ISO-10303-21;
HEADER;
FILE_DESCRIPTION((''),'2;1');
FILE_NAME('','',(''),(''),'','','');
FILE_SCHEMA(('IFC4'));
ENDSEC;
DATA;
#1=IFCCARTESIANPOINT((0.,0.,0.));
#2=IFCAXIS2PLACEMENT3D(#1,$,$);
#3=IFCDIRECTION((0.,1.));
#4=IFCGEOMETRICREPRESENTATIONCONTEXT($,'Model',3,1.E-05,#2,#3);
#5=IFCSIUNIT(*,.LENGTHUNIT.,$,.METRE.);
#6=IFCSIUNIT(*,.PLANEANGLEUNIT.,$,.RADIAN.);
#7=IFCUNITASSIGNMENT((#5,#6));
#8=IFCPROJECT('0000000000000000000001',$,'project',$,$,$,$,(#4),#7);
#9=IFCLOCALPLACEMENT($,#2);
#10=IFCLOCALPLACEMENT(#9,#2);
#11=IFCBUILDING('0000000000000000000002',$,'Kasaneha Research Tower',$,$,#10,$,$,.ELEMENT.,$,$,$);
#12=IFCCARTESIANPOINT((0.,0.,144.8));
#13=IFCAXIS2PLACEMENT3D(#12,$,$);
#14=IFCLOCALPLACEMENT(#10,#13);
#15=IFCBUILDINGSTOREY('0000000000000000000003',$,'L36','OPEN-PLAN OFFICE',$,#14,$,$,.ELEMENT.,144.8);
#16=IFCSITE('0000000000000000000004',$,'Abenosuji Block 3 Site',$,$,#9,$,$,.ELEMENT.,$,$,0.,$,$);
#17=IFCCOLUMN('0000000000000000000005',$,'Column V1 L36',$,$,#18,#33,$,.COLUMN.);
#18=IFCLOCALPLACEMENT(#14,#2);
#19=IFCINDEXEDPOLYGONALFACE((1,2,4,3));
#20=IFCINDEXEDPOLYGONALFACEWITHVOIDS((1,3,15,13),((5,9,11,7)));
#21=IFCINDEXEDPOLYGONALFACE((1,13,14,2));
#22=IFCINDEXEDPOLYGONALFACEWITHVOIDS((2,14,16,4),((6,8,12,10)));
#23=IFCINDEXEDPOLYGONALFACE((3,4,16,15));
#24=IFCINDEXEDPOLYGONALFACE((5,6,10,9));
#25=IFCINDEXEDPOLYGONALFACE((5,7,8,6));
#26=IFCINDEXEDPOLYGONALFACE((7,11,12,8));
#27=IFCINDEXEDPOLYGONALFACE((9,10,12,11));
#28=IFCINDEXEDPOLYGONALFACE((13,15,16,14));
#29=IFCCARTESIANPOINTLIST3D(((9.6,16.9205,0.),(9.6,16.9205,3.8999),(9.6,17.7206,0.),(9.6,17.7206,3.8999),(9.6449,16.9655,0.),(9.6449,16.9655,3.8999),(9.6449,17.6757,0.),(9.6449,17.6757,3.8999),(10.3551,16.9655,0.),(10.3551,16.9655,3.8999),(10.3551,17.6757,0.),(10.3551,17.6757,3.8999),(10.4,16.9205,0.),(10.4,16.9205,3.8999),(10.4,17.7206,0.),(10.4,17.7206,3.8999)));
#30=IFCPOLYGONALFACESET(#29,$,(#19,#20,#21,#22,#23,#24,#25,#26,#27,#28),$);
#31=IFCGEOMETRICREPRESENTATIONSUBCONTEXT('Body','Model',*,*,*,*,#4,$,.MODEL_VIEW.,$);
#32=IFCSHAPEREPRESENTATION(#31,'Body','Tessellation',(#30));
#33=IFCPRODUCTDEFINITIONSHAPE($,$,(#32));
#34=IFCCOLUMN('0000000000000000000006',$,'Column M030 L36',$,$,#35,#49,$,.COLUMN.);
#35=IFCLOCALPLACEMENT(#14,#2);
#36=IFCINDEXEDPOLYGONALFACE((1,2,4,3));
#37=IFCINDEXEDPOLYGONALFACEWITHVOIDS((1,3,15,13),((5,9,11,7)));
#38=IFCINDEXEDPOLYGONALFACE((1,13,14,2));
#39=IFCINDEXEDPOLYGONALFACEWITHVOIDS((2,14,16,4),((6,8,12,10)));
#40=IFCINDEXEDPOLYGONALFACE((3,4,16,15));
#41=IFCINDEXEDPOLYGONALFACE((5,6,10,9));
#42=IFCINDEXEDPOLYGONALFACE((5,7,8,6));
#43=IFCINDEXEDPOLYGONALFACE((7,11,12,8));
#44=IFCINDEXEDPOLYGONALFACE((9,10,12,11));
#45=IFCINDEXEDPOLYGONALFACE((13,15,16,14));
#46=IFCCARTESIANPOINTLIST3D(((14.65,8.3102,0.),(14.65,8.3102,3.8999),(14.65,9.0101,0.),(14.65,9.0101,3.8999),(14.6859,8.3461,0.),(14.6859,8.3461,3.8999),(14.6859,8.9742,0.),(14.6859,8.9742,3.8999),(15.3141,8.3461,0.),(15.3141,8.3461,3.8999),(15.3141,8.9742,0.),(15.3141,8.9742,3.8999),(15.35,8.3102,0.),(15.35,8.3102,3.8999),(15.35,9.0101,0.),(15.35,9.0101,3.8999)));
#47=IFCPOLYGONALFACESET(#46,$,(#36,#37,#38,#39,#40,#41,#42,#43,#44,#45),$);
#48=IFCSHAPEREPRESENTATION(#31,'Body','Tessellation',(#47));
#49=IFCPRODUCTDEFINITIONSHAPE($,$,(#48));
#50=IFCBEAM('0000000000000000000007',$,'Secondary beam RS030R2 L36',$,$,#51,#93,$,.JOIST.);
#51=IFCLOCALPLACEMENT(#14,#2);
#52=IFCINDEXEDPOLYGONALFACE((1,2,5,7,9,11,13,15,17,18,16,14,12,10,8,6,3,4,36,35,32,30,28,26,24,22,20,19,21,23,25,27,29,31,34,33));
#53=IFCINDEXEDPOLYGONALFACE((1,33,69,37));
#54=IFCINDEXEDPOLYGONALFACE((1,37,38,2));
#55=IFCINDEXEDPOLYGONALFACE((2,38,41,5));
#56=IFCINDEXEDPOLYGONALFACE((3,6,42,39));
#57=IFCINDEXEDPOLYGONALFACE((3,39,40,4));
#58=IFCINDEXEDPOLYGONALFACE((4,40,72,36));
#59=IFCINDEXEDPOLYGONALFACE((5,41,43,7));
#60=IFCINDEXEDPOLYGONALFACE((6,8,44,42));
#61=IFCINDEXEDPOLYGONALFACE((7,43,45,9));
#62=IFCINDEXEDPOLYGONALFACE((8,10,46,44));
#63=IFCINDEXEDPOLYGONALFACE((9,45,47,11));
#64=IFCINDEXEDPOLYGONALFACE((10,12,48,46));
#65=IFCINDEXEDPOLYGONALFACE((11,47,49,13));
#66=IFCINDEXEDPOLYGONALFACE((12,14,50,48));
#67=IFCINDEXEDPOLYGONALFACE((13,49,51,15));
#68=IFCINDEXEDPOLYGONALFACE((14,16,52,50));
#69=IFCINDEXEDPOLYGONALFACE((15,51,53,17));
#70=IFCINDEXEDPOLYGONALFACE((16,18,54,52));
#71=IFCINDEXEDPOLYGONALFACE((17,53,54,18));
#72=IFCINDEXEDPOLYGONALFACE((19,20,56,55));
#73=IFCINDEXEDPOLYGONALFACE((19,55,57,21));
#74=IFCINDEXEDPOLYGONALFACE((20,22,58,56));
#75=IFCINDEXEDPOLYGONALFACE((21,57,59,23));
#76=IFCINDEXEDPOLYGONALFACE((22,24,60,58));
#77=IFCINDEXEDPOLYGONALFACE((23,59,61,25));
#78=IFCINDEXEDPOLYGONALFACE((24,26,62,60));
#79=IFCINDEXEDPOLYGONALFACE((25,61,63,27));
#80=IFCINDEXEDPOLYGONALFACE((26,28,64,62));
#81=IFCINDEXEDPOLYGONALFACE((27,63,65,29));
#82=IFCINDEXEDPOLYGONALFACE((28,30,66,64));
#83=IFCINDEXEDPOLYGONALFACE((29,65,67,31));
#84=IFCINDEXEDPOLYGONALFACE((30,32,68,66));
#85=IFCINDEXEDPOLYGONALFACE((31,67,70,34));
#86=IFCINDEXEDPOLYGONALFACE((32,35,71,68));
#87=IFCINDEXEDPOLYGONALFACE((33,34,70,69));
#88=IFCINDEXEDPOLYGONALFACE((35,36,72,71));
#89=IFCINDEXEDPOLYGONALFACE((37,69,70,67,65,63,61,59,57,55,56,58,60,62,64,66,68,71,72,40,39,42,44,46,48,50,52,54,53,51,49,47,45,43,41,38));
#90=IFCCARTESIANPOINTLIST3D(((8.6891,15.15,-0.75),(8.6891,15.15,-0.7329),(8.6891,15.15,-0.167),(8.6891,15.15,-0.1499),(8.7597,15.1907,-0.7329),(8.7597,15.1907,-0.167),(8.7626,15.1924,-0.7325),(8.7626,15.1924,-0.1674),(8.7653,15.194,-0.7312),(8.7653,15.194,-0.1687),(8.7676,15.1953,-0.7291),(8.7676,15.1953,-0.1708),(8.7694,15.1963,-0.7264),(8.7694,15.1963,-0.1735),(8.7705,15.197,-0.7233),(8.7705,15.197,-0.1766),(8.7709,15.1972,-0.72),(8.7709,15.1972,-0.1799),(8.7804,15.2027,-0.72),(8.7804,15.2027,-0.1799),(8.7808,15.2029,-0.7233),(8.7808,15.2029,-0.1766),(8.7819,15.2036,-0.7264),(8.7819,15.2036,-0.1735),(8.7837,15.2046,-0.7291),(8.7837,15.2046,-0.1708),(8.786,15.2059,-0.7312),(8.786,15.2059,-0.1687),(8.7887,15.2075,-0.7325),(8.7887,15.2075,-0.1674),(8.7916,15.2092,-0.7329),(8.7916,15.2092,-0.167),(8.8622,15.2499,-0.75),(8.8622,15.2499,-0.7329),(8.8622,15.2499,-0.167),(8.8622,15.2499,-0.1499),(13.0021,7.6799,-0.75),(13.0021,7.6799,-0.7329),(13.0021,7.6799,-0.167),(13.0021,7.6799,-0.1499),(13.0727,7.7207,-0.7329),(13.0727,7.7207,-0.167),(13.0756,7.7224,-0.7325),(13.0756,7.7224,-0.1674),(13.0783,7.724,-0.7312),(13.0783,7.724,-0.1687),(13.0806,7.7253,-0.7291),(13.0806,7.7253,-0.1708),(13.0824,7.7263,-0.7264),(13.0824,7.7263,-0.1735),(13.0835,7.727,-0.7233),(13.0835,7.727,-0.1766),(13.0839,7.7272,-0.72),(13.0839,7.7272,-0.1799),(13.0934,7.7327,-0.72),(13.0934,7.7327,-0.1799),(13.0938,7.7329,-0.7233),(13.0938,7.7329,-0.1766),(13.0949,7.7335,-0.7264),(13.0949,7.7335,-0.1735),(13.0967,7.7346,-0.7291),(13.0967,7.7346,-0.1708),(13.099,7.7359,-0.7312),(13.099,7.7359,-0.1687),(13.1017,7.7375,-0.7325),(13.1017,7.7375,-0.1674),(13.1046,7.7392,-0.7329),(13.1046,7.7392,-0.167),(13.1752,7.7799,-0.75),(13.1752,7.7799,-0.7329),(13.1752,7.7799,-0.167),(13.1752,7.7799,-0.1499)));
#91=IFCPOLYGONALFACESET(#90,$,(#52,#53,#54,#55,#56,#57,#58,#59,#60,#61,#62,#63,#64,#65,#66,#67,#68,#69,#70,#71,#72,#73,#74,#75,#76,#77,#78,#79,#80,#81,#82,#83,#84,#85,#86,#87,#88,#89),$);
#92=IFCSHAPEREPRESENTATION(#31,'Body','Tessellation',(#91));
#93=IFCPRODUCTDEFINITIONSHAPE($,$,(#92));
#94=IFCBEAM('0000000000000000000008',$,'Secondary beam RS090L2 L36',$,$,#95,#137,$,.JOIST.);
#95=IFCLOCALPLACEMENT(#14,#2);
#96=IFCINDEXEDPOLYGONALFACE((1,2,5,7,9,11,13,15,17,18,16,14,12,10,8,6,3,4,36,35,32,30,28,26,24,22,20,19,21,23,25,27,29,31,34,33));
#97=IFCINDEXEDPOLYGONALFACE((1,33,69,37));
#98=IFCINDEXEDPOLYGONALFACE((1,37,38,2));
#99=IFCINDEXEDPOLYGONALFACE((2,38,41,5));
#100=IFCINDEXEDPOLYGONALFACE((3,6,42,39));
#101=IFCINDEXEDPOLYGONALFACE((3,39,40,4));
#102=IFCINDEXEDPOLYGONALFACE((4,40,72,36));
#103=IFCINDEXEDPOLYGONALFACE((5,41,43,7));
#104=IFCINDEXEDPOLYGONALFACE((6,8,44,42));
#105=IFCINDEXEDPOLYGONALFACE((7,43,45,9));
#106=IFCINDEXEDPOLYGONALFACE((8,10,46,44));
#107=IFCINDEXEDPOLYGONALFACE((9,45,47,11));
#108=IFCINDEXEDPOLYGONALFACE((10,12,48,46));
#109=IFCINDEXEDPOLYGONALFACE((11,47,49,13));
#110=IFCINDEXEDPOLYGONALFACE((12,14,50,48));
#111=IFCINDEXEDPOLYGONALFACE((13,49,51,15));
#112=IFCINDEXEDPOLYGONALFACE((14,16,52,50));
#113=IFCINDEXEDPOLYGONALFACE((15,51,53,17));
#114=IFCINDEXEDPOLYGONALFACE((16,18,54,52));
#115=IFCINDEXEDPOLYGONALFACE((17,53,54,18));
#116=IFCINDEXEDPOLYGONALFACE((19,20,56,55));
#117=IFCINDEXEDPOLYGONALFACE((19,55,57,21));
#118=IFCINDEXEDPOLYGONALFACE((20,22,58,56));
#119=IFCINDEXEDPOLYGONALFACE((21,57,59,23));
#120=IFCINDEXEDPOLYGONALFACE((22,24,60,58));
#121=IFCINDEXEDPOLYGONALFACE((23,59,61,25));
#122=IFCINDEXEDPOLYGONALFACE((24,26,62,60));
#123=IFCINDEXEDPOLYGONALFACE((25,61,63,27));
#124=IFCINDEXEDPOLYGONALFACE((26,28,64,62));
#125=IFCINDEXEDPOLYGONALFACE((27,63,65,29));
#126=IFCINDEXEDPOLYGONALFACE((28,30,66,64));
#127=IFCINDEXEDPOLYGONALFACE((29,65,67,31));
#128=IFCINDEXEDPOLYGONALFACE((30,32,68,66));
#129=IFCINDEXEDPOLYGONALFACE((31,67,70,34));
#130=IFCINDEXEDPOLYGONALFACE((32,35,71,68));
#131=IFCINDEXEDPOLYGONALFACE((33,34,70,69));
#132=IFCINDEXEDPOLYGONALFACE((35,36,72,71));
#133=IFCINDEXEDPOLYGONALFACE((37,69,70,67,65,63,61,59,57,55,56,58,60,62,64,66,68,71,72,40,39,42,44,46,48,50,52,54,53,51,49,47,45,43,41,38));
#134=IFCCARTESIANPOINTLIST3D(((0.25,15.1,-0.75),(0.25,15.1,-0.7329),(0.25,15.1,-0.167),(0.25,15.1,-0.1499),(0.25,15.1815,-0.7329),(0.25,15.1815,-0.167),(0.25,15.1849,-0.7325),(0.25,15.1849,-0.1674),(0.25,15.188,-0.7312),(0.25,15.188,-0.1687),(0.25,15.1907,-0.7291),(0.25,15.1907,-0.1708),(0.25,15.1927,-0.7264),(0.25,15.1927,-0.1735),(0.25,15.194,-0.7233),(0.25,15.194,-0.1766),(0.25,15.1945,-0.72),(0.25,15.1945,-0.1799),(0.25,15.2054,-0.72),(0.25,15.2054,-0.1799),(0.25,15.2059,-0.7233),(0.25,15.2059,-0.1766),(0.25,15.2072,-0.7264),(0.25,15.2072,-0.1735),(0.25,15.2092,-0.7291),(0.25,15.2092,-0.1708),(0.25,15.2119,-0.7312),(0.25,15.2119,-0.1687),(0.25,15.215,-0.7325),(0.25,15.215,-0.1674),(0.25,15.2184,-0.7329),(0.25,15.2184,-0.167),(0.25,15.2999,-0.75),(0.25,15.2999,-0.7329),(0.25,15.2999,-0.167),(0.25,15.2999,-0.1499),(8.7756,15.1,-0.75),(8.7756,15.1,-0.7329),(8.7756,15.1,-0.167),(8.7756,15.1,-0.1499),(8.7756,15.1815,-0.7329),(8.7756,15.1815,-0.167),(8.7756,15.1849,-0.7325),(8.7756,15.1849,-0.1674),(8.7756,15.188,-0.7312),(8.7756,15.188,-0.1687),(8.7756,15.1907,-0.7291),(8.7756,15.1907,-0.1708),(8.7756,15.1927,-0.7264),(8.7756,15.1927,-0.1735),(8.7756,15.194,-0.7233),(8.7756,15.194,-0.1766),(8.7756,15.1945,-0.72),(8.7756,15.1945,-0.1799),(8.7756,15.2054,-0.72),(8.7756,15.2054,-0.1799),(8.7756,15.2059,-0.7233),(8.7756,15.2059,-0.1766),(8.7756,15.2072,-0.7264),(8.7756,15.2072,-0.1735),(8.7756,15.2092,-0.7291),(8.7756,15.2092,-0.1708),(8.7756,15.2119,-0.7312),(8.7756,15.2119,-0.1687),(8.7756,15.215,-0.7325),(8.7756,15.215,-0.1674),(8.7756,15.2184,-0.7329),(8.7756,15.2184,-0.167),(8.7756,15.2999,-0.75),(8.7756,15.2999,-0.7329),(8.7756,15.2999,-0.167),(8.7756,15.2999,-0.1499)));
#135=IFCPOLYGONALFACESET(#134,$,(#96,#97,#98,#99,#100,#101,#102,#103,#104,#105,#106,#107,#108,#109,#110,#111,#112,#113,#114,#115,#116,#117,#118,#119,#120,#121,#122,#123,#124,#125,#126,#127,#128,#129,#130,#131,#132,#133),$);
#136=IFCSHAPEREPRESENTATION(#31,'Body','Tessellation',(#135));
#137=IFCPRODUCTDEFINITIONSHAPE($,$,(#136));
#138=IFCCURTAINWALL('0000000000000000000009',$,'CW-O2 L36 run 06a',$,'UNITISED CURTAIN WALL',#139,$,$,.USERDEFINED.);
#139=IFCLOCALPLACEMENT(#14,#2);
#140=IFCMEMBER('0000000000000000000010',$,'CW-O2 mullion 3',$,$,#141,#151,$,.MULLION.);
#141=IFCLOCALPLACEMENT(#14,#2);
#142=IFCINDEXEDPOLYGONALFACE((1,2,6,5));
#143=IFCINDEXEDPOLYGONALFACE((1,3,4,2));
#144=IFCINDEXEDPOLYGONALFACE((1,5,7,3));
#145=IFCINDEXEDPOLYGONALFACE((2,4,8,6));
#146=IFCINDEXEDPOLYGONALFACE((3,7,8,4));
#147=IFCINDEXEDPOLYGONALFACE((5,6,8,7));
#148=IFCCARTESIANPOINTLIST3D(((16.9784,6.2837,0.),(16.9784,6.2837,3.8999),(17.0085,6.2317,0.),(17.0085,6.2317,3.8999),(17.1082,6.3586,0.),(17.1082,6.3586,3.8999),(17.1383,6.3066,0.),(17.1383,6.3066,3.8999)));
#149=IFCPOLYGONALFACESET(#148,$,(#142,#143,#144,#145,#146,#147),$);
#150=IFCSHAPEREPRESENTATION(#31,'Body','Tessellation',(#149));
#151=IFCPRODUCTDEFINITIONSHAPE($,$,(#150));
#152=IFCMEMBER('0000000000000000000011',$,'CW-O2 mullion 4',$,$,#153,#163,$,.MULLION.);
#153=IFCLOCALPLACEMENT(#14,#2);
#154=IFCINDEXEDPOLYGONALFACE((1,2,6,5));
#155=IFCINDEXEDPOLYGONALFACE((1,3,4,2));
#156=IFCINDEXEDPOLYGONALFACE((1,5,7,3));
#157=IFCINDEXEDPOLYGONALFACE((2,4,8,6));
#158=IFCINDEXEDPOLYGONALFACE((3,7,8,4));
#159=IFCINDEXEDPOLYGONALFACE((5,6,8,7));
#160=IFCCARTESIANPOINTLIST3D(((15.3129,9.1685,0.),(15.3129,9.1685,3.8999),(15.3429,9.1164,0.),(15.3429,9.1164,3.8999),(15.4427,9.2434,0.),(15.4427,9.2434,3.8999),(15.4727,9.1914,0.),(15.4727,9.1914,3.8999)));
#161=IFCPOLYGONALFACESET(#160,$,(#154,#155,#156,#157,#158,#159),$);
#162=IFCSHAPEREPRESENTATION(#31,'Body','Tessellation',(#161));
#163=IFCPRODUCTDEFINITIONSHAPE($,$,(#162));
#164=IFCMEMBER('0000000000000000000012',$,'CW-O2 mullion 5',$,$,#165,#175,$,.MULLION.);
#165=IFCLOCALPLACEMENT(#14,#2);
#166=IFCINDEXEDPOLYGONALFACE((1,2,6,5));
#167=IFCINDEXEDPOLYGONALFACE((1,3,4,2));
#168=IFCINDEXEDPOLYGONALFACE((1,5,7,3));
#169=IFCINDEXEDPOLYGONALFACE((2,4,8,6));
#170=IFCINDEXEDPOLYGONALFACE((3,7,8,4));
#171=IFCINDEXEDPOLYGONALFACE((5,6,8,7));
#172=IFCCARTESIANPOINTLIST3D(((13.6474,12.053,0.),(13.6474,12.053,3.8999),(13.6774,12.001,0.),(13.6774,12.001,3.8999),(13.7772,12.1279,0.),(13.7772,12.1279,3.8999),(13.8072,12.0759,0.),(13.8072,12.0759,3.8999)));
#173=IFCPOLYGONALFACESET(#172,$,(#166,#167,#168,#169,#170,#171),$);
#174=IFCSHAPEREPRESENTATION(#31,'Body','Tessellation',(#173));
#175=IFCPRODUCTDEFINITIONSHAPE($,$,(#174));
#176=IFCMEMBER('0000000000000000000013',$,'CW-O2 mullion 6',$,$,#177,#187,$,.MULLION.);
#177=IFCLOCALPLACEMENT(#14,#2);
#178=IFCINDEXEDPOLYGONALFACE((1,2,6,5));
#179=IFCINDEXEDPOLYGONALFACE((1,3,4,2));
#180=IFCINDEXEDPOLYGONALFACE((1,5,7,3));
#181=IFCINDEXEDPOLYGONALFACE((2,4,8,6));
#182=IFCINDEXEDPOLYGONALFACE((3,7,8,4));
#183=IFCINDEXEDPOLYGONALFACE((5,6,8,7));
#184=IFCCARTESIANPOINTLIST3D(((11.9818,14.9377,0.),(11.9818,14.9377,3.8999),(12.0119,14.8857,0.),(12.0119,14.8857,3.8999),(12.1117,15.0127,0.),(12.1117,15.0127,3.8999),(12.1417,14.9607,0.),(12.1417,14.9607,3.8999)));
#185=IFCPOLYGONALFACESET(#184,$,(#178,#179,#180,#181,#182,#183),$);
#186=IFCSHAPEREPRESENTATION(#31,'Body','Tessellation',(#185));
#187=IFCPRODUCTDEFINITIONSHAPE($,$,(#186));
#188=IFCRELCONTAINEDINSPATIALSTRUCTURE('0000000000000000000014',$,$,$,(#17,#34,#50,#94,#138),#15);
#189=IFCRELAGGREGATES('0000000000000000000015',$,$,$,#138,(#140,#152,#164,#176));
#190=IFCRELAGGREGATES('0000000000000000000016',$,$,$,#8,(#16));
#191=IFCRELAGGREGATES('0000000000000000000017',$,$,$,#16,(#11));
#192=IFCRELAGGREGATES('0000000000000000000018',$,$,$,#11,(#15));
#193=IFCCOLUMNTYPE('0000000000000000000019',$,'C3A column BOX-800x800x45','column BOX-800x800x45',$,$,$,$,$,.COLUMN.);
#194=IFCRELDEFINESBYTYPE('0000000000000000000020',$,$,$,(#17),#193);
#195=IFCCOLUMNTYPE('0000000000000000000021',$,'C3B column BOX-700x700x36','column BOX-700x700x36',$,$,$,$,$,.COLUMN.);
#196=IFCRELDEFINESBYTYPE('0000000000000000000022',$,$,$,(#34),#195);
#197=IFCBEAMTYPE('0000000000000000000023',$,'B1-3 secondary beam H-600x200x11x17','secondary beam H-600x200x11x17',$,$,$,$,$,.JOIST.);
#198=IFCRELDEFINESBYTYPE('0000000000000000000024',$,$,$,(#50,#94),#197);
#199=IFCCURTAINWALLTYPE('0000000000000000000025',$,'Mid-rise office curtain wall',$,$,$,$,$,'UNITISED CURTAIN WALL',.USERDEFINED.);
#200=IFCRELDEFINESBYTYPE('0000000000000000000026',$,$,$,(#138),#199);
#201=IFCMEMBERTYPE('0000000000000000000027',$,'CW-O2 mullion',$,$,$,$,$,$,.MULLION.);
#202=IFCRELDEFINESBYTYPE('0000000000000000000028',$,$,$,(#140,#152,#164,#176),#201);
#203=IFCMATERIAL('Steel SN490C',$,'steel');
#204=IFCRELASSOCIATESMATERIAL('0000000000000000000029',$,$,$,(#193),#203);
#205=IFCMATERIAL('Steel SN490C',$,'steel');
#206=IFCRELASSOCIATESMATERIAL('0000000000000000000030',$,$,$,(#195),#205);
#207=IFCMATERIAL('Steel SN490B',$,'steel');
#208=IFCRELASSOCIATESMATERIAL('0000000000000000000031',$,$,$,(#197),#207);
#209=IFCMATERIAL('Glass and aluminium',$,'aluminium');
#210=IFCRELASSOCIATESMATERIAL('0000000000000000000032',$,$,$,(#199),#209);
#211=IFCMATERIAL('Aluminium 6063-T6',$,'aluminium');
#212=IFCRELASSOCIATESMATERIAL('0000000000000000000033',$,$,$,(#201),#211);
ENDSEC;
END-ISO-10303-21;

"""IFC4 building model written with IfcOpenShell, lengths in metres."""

from ifc_helpers import new_model, si_unit, direction, frame, origin, origin_2d, place, context, subcontext, project, spatial, rectangle, hollow_rectangle, i_section, extrude, material, material_profile, profile_set, type_object, element, aggregate, save


model = new_model("IFC4")

# Units and contexts
model_context = context("Model", 3, precision=1e-05, world=origin(), true_north=direction((0.0, 1.0)))
body_context = subcontext(model_context, "Body", "Model", "MODEL_VIEW")
ifc_project = project(units=[si_unit("LENGTHUNIT", "METRE"), si_unit("PLANEANGLEUNIT", "RADIAN")], contexts=[model_context])

# Site, building, storey
site_placement = place(None, origin())
site = spatial("IfcSite", under=ifc_project, at=site_placement, Name="Abenosuji Block 3 Site", CompositionType="ELEMENT", RefElevation=0.0)
building_placement = place(site_placement, origin())
building = spatial("IfcBuilding", under=site, at=building_placement, Name="Kasaneha Research Tower", CompositionType="ELEMENT")
storey_placement = place(building_placement, frame((0.0, 0.0, 144.8)))
storey = spatial("IfcBuildingStorey", under=building, at=storey_placement, Name="L36", Description="OPEN-PLAN OFFICE", CompositionType="ELEMENT", Elevation=144.8)

# Columns
ifc_material_1 = material(Name="Steel SN490C", Category="steel")
ifc_material_profile_1 = material_profile(ifc_material_1, hollow_rectangle(XDim=0.8, YDim=0.8, WallThickness=0.0449, at=origin_2d()), Name="BOX-800x800x45")
ifc_profile_set_1 = profile_set([ifc_material_profile_1], Name="Steel SN490C")
column_type_1 = type_object("IfcColumnType", Name="C3A column BOX-800x800x45", Description="column BOX-800x800x45", PredefinedType="COLUMN", material=ifc_profile_set_1)
column_1_placement = place(storey_placement, frame((10.0, 17.3206, 0.0), z_axis=(0.0, 0.0, 1.0), x_axis=(1.0, 0.0, 0.0)))
element("IfcColumn", 1, at=column_1_placement, inside=storey, type_object=column_type_1, Name="Column V1 L36", PredefinedType="COLUMN", context=body_context, shape_type="SweptSolid", body=[
    extrude(hollow_rectangle(XDim=0.8, YDim=0.8, WallThickness=0.0449, at=origin_2d()), origin(), (0.0, 0.0, 1.0), 3.8999),
])
ifc_material_2 = material(Name="Steel SN490C", Category="steel")
ifc_material_profile_2 = material_profile(ifc_material_2, hollow_rectangle(XDim=0.7, YDim=0.7, WallThickness=0.0359, at=origin_2d()), Name="BOX-700x700x36")
ifc_profile_set_2 = profile_set([ifc_material_profile_2], Name="Steel SN490C")
column_type_2 = type_object("IfcColumnType", Name="C3B column BOX-700x700x36", Description="column BOX-700x700x36", PredefinedType="COLUMN", material=ifc_profile_set_2)
column_2_placement = place(storey_placement, frame((15.0, 8.6602, 0.0), z_axis=(0.0, 0.0, 1.0), x_axis=(1.0, 0.0, 0.0)))
element("IfcColumn", 2, at=column_2_placement, inside=storey, type_object=column_type_2, Name="Column M030 L36", PredefinedType="COLUMN", context=body_context, shape_type="SweptSolid", body=[
    extrude(hollow_rectangle(XDim=0.7, YDim=0.7, WallThickness=0.0359, at=origin_2d()), origin(), (0.0, 0.0, 1.0), 3.8999),
])

# Beams
ifc_material_3 = material(Name="Steel SN490B", Category="steel")
ifc_material_profile_3 = material_profile(ifc_material_3, i_section(OverallWidth=0.2, OverallDepth=0.6001, WebThickness=0.011, FlangeThickness=0.0171, FilletRadius=0.0129, at=origin_2d()), Name="H-600x200x11x17")
ifc_profile_set_3 = profile_set([ifc_material_profile_3], Name="Steel SN490B")
beam_type_1 = type_object("IfcBeamType", Name="B1-3 secondary beam H-600x200x11x17", Description="secondary beam H-600x200x11x17", PredefinedType="JOIST", material=ifc_profile_set_3)
beam_1_placement = place(storey_placement, frame((8.7756, 15.2, -0.45), z_axis=(0.500017, -0.866015, 0.0), x_axis=(0.866015, 0.500017, 0.0)))
element("IfcBeam", 3, at=beam_1_placement, inside=storey, type_object=beam_type_1, Name="Secondary beam RS030R2 L36", PredefinedType="JOIST", context=body_context, shape_type="SweptSolid", body=[
    extrude(i_section(OverallWidth=0.2, OverallDepth=0.6001, WebThickness=0.011, FlangeThickness=0.0171, FilletRadius=0.0129, at=origin_2d()), origin(), (0.0, 0.0, 1.0), 8.6257),
])
beam_2_placement = place(storey_placement, frame((8.7756, 15.2, -0.45), z_axis=(-1.0, 0.0, 0.0), x_axis=(0.0, -1.0, 0.0)))
element("IfcBeam", 4, at=beam_2_placement, inside=storey, type_object=beam_type_1, Name="Secondary beam RS090L2 L36", PredefinedType="JOIST", context=body_context, shape_type="SweptSolid", body=[
    extrude(i_section(OverallWidth=0.2, OverallDepth=0.6001, WebThickness=0.011, FlangeThickness=0.0171, FilletRadius=0.0129, at=origin_2d()), origin(), (0.0, 0.0, 1.0), 8.5256),
])

# Curtain wall, members
ifc_material_4 = material(Name="Glass and aluminium", Category="aluminium")
curtain_wall_type = type_object("IfcCurtainWallType", Name="Mid-rise office curtain wall", ElementType="UNITISED CURTAIN WALL", PredefinedType="USERDEFINED", material=ifc_material_4)
curtain_wall_1_placement = place(storey_placement, origin())
curtain_wall_1 = element("IfcCurtainWall", 5, at=curtain_wall_1_placement, inside=storey, type_object=curtain_wall_type, Name="CW-O2 L36 run 06a", ObjectType="UNITISED CURTAIN WALL", PredefinedType="USERDEFINED")
ifc_material_5 = material(Name="Aluminium 6063-T6", Category="aluminium")
ifc_material_profile_4 = material_profile(ifc_material_5, rectangle(XDim=0.0601, YDim=0.1499, at=origin_2d()), Name="CW-O2 mullion 60x150")
ifc_profile_set_4 = profile_set([ifc_material_profile_4], Name="Aluminium 6063-T6")
member_type_1 = type_object("IfcMemberType", Name="CW-O2 mullion", PredefinedType="MULLION", material=ifc_profile_set_4)
member_1_placement = place(storey_placement, frame((17.0583, 6.2952, 0.0), z_axis=(0.0, 0.0, 1.0), x_axis=(-0.5, 0.866025, 0.0)))
member_1 = element("IfcMember", 6, at=member_1_placement, type_object=member_type_1, Name="CW-O2 mullion 3", PredefinedType="MULLION", context=body_context, shape_type="SweptSolid", body=[
    extrude(rectangle(XDim=0.0601, YDim=0.1499, at=origin_2d()), origin(), (0.0, 0.0, 1.0), 3.8999),
])
member_2_placement = place(storey_placement, frame((15.3928, 9.1799, 0.0), z_axis=(0.0, 0.0, 1.0), x_axis=(-0.5, 0.866025, 0.0)))
member_2 = element("IfcMember", 7, at=member_2_placement, type_object=member_type_1, Name="CW-O2 mullion 4", PredefinedType="MULLION", context=body_context, shape_type="SweptSolid", body=[
    extrude(rectangle(XDim=0.0601, YDim=0.1499, at=origin_2d()), origin(), (0.0, 0.0, 1.0), 3.8999),
])
member_3_placement = place(storey_placement, frame((13.7273, 12.0645, 0.0), z_axis=(0.0, 0.0, 1.0), x_axis=(-0.5, 0.866025, 0.0)))
member_3 = element("IfcMember", 8, at=member_3_placement, type_object=member_type_1, Name="CW-O2 mullion 5", PredefinedType="MULLION", context=body_context, shape_type="SweptSolid", body=[
    extrude(rectangle(XDim=0.0601, YDim=0.1499, at=origin_2d()), origin(), (0.0, 0.0, 1.0), 3.8999),
])
member_4_placement = place(storey_placement, frame((12.0618, 14.9492, 0.0), z_axis=(0.0, 0.0, 1.0), x_axis=(-0.5, 0.866025, 0.0)))
member_4 = element("IfcMember", 9, at=member_4_placement, type_object=member_type_1, Name="CW-O2 mullion 6", PredefinedType="MULLION", context=body_context, shape_type="SweptSolid", body=[
    extrude(rectangle(XDim=0.0601, YDim=0.1499, at=origin_2d()), origin(), (0.0, 0.0, 1.0), 3.8999),
])

aggregate(curtain_wall_1, [member_1, member_2, member_3, member_4])

save(model, "model.ifc")
